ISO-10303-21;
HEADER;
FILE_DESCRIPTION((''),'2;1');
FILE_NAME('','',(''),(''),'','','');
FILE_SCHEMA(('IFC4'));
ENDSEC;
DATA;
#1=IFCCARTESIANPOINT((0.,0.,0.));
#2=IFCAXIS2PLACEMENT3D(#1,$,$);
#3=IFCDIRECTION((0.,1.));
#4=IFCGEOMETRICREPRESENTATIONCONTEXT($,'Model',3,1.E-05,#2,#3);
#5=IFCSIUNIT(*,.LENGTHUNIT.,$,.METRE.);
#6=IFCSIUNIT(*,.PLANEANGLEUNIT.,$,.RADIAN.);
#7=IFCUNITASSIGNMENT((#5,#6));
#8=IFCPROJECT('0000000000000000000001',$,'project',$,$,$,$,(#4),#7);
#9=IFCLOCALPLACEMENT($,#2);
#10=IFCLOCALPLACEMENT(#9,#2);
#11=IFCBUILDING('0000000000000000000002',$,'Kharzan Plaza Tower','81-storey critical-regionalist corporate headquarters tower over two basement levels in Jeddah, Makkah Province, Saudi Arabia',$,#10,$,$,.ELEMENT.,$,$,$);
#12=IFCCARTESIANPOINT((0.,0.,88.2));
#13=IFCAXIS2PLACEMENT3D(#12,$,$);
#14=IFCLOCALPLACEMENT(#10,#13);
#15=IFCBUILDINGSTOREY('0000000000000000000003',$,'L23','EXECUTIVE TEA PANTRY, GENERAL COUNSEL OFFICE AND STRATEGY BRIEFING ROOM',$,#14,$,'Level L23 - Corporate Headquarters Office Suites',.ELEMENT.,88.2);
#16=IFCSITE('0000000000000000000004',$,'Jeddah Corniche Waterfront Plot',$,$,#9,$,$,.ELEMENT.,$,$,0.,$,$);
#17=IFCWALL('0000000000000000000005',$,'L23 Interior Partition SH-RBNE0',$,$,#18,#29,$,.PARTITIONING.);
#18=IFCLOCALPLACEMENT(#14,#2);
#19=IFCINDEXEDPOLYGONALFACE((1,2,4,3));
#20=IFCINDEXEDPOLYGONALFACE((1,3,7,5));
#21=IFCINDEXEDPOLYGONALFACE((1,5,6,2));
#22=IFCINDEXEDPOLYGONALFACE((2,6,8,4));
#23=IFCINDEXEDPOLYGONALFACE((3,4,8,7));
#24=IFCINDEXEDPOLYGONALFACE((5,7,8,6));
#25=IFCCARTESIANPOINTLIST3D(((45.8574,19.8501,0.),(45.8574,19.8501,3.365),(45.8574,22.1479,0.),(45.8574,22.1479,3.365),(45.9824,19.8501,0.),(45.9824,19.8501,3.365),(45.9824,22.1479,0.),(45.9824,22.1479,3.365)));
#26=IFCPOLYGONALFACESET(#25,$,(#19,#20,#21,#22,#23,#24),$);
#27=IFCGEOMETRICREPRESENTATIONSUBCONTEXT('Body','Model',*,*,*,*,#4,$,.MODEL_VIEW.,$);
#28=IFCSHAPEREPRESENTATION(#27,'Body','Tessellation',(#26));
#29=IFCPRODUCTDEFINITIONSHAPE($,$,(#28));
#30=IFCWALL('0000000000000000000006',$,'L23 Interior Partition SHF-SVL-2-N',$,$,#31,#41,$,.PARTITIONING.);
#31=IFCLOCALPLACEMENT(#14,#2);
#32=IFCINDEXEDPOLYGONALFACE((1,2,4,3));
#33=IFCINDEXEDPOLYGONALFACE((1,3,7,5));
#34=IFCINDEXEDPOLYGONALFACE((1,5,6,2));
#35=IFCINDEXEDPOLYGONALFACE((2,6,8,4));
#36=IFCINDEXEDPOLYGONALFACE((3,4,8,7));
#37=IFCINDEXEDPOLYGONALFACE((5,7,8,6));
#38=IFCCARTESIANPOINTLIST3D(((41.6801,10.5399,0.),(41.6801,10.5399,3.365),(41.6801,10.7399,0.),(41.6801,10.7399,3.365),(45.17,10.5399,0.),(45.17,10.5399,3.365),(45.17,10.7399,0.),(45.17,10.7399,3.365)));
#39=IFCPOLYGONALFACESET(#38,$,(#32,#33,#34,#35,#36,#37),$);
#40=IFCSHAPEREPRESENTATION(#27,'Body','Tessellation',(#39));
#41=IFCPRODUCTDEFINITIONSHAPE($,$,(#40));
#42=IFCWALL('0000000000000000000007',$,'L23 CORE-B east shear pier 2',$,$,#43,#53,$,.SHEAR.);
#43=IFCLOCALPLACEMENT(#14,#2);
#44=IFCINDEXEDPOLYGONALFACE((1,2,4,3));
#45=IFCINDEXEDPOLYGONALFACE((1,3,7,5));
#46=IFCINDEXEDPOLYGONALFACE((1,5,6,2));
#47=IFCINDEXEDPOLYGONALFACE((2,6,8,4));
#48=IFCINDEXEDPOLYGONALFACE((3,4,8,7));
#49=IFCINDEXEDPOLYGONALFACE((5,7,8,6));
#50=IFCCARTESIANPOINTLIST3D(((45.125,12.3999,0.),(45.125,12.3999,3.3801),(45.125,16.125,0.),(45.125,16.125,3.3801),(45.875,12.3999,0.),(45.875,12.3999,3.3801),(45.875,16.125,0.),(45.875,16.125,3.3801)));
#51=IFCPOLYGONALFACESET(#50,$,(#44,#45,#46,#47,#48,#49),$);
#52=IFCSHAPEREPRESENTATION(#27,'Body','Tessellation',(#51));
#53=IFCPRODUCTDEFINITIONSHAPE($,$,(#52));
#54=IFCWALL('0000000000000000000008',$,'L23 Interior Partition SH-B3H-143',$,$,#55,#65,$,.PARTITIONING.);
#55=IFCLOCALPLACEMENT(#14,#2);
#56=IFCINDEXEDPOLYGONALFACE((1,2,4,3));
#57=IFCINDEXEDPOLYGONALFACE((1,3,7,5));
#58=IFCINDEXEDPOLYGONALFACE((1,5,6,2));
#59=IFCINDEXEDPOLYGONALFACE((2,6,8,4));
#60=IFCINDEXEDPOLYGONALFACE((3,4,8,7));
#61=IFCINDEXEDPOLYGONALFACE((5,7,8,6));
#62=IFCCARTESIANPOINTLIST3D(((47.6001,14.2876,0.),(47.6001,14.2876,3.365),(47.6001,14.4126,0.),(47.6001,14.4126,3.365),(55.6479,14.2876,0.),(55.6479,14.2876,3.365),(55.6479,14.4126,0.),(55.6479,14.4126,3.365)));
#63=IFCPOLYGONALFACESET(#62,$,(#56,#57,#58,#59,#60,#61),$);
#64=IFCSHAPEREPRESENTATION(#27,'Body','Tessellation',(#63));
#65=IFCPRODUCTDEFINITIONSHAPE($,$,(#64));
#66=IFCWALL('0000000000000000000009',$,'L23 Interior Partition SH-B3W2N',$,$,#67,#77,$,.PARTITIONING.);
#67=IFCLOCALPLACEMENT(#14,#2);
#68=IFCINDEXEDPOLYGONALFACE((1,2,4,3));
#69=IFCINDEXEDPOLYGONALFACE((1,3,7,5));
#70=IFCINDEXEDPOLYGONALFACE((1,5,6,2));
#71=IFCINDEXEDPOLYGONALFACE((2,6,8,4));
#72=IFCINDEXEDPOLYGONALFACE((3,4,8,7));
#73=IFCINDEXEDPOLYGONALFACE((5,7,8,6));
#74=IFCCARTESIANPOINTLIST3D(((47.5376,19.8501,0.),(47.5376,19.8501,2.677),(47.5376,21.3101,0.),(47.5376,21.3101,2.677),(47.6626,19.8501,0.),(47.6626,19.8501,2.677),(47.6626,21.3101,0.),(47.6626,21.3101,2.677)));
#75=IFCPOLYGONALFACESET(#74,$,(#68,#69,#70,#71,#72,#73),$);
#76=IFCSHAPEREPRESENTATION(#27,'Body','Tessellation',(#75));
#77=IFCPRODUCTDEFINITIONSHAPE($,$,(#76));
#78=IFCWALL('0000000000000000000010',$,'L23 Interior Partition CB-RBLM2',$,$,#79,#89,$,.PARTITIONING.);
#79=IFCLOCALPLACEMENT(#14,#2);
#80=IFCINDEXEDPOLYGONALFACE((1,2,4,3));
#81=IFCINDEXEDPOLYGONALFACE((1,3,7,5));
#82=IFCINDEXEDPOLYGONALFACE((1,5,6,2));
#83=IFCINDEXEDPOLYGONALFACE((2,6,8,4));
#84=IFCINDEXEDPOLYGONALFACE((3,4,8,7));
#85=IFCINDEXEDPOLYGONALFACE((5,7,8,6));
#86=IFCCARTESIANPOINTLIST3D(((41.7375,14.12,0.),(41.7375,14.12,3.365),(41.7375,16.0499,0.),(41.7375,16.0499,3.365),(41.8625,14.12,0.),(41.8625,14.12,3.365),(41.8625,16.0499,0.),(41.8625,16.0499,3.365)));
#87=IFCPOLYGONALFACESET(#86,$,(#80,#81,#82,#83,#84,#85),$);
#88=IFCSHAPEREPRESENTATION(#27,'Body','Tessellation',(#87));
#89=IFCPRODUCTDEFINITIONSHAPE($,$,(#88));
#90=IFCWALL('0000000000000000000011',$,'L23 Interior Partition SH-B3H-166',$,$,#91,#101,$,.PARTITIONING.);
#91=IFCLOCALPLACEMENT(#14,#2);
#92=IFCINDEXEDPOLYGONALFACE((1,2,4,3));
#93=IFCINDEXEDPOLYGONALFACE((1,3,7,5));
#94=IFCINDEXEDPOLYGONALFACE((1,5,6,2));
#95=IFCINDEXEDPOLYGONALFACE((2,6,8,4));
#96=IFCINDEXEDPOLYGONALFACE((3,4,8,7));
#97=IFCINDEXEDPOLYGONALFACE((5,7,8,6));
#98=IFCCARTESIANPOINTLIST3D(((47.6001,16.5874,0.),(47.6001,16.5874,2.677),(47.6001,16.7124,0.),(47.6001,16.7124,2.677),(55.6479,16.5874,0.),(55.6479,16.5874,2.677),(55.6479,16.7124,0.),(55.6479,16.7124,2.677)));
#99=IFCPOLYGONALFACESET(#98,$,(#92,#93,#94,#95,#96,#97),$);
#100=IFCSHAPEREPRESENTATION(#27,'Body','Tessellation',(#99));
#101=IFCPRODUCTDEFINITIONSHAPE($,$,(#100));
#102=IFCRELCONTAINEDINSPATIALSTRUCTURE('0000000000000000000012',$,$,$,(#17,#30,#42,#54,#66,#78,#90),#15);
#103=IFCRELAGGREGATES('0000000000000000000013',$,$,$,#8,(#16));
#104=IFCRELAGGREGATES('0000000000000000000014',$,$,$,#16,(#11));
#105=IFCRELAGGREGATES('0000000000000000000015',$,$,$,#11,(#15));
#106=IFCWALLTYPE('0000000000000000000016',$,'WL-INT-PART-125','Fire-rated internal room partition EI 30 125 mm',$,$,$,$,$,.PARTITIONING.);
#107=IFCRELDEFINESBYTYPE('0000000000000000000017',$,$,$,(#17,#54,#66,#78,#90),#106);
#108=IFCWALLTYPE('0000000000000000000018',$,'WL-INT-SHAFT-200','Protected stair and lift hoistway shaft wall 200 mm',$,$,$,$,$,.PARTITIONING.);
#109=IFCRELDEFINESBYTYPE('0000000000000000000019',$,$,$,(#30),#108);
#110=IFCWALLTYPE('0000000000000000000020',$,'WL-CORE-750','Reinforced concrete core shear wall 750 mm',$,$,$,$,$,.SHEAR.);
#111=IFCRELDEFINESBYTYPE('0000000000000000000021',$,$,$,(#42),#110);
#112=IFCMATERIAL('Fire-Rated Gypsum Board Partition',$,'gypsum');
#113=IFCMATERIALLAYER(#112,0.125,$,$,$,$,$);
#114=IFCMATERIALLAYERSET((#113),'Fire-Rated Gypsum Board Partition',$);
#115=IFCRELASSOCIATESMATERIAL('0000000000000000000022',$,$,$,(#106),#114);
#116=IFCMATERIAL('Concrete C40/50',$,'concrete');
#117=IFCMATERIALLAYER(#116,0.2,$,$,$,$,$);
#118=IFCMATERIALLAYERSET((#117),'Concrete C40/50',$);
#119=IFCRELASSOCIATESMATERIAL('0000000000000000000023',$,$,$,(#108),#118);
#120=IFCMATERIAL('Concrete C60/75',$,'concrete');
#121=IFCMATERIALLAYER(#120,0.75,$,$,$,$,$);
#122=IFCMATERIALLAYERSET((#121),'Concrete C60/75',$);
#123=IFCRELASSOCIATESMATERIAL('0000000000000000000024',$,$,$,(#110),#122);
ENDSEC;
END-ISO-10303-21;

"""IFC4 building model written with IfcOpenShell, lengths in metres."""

from ifc_helpers import new_model, si_unit, direction, frame, frame_2d, origin, place, context, subcontext, project, spatial, rectangle, extrude, source, transform, mapped, material, layer, layer_set, type_object, element, save


model = new_model("IFC4")

# Units and contexts
model_context = context("Model", 3, precision=1e-05, world=origin(), true_north=direction((0.0, 1.0)))
body_context = subcontext(model_context, "Body", "Model", "MODEL_VIEW")
ifc_project = project(units=[si_unit("LENGTHUNIT", "METRE"), si_unit("PLANEANGLEUNIT", "RADIAN")], contexts=[model_context])

# Site, building, storey
site_placement = place(None, origin())
site = spatial("IfcSite", under=ifc_project, at=site_placement, Name="Jeddah Corniche Waterfront Plot", CompositionType="ELEMENT", RefElevation=0.0)
building_placement = place(site_placement, origin())
building = spatial("IfcBuilding", under=site, at=building_placement, Name="Kharzan Plaza Tower", Description="81-storey critical-regionalist corporate headquarters tower over two basement levels in Jeddah, Makkah Province, Saudi Arabia", CompositionType="ELEMENT")
storey_placement = place(building_placement, frame((0.0, 0.0, 88.2)))
storey = spatial("IfcBuildingStorey", under=building, at=storey_placement, Name="L23", Description="EXECUTIVE TEA PANTRY, GENERAL COUNSEL OFFICE AND STRATEGY BRIEFING ROOM", LongName="Level L23 - Corporate Headquarters Office Suites", CompositionType="ELEMENT", Elevation=88.2)

# Shared definitions
ifc_material_1 = material(Name="Concrete C60/75", Category="concrete")

# Shared definitions
ifc_material_2 = material(Name="Concrete C40/50", Category="concrete")

# Shared definitions
ifc_material_3 = material(Name="Fire-Rated Gypsum Board Partition", Category="gypsum")
ifc_layer_1 = layer(ifc_material_3, 0.125)
ifc_layer_set_1 = layer_set([ifc_layer_1], Name="Fire-Rated Gypsum Board Partition")
wall_type_1 = type_object("IfcWallType", Name="WL-INT-PART-125", Description="Fire-rated internal room partition EI 30 125 mm", PredefinedType="PARTITIONING", material=ifc_layer_set_1)

# Walls
shared_shape_1 = source(origin(), body_context, "Body", "SweptSolid", [
    extrude(rectangle(XDim=2.2979, YDim=0.125, at=frame_2d((1.1489, 0.0))), origin(), (0.0, 0.0, 1.0), 3.365),
])
wall_1_placement = place(storey_placement, frame((45.9199, 19.8501, 0.0), z_axis=(0.0, 0.0, 1.0), x_axis=(0.0, 1.0, 0.0)))
element("IfcWall", 1, at=wall_1_placement, inside=storey, type_object=wall_type_1, Name="L23 Interior Partition SH-RBNE0", PredefinedType="PARTITIONING", context=body_context, shape_type="MappedRepresentation", body=[
    mapped(shared_shape_1, transform((0.0, 0.0, 0.0), x_axis=(1.0, 0.0, 0.0), y_axis=(0.0, 1.0, 0.0), z_axis=(0.0, 0.0, 1.0))),
])
ifc_layer_2 = layer(ifc_material_2, 0.2)
ifc_layer_set_2 = layer_set([ifc_layer_2], Name="Concrete C40/50")
wall_type_2 = type_object("IfcWallType", Name="WL-INT-SHAFT-200", Description="Protected stair and lift hoistway shaft wall 200 mm", PredefinedType="PARTITIONING", material=ifc_layer_set_2)
shared_shape_2 = source(origin(), body_context, "Body", "SweptSolid", [
    extrude(rectangle(XDim=3.49, YDim=0.2, at=frame_2d((1.7451, 0.0))), origin(), (0.0, 0.0, 1.0), 3.365),
])
wall_2_placement = place(storey_placement, frame((41.6799, 10.6399, 0.0), z_axis=(0.0, 0.0, 1.0), x_axis=(1.0, 0.0, 0.0)))
element("IfcWall", 2, at=wall_2_placement, inside=storey, type_object=wall_type_2, Name="L23 Interior Partition SHF-SVL-2-N", PredefinedType="PARTITIONING", context=body_context, shape_type="MappedRepresentation", body=[
    mapped(shared_shape_2, transform((0.0, 0.0, 0.0), x_axis=(1.0, 0.0, 0.0), y_axis=(0.0, 1.0, 0.0), z_axis=(0.0, 0.0, 1.0))),
])
ifc_layer_3 = layer(ifc_material_1, 0.75)
ifc_layer_set_3 = layer_set([ifc_layer_3], Name="Concrete C60/75")
wall_type_3 = type_object("IfcWallType", Name="WL-CORE-750", Description="Reinforced concrete core shear wall 750 mm", PredefinedType="SHEAR", material=ifc_layer_set_3)
shared_shape_3 = source(origin(), body_context, "Body", "SweptSolid", [
    extrude(rectangle(XDim=3.7251, YDim=0.75, at=frame_2d((1.8625, 0.0))), origin(), (0.0, 0.0, 1.0), 3.3801),
])
wall_3_placement = place(storey_placement, frame((45.5, 12.3999, 0.0), z_axis=(0.0, 0.0, 1.0), x_axis=(0.0, 1.0, 0.0)))
element("IfcWall", 3, at=wall_3_placement, inside=storey, type_object=wall_type_3, Name="L23 CORE-B east shear pier 2", PredefinedType="SHEAR", context=body_context, shape_type="MappedRepresentation", body=[
    mapped(shared_shape_3, transform((0.0, 0.0, 0.0), x_axis=(1.0, 0.0, 0.0), y_axis=(0.0, 1.0, 0.0), z_axis=(0.0, 0.0, 1.0))),
])
shared_shape_4 = source(origin(), body_context, "Body", "SweptSolid", [
    extrude(rectangle(XDim=8.0479, YDim=0.125, at=frame_2d((4.0239, 0.0))), origin(), (0.0, 0.0, 1.0), 3.365),
])
wall_4_placement = place(storey_placement, frame((47.6001, 14.3501, 0.0), z_axis=(0.0, 0.0, 1.0), x_axis=(1.0, 0.0, 0.0)))
element("IfcWall", 4, at=wall_4_placement, inside=storey, type_object=wall_type_1, Name="L23 Interior Partition SH-B3H-143", PredefinedType="PARTITIONING", context=body_context, shape_type="MappedRepresentation", body=[
    mapped(shared_shape_4, transform((0.0, 0.0, 0.0), x_axis=(1.0, 0.0, 0.0), y_axis=(0.0, 1.0, 0.0), z_axis=(0.0, 0.0, 1.0))),
])
shared_shape_5 = source(origin(), body_context, "Body", "SweptSolid", [
    extrude(rectangle(XDim=1.46, YDim=0.125, at=frame_2d((0.73, 0.0))), origin(), (0.0, 0.0, 1.0), 2.677),
])
wall_5_placement = place(storey_placement, frame((47.6001, 19.8501, 0.0), z_axis=(0.0, 0.0, 1.0), x_axis=(0.0, 1.0, 0.0)))
element("IfcWall", 5, at=wall_5_placement, inside=storey, type_object=wall_type_1, Name="L23 Interior Partition SH-B3W2N", PredefinedType="PARTITIONING", context=body_context, shape_type="MappedRepresentation", body=[
    mapped(shared_shape_5, transform((0.0, 0.0, 0.0), x_axis=(1.0, 0.0, 0.0), y_axis=(0.0, 1.0, 0.0), z_axis=(0.0, 0.0, 1.0))),
])
shared_shape_6 = source(origin(), body_context, "Body", "SweptSolid", [
    extrude(rectangle(XDim=1.9299, YDim=0.125, at=frame_2d((0.9648, 0.0))), origin(), (0.0, 0.0, 1.0), 3.365),
])
wall_6_placement = place(storey_placement, frame((41.8, 14.1201, 0.0), z_axis=(0.0, 0.0, 1.0), x_axis=(0.0, 1.0, 0.0)))
element("IfcWall", 6, at=wall_6_placement, inside=storey, type_object=wall_type_1, Name="L23 Interior Partition CB-RBLM2", PredefinedType="PARTITIONING", context=body_context, shape_type="MappedRepresentation", body=[
    mapped(shared_shape_6, transform((0.0, 0.0, 0.0), x_axis=(1.0, 0.0, 0.0), y_axis=(0.0, 1.0, 0.0), z_axis=(0.0, 0.0, 1.0))),
])
shared_shape_7 = source(origin(), body_context, "Body", "SweptSolid", [
    extrude(rectangle(XDim=8.0479, YDim=0.125, at=frame_2d((4.0239, 0.0))), origin(), (0.0, 0.0, 1.0), 2.677),
])
wall_7_placement = place(storey_placement, frame((47.6001, 16.6499, 0.0), z_axis=(0.0, 0.0, 1.0), x_axis=(1.0, 0.0, 0.0)))
element("IfcWall", 7, at=wall_7_placement, inside=storey, type_object=wall_type_1, Name="L23 Interior Partition SH-B3H-166", PredefinedType="PARTITIONING", context=body_context, shape_type="MappedRepresentation", body=[
    mapped(shared_shape_7, transform((0.0, 0.0, 0.0), x_axis=(1.0, 0.0, 0.0), y_axis=(0.0, 1.0, 0.0), z_axis=(0.0, 0.0, 1.0))),
])

save(model, "model.ifc")
